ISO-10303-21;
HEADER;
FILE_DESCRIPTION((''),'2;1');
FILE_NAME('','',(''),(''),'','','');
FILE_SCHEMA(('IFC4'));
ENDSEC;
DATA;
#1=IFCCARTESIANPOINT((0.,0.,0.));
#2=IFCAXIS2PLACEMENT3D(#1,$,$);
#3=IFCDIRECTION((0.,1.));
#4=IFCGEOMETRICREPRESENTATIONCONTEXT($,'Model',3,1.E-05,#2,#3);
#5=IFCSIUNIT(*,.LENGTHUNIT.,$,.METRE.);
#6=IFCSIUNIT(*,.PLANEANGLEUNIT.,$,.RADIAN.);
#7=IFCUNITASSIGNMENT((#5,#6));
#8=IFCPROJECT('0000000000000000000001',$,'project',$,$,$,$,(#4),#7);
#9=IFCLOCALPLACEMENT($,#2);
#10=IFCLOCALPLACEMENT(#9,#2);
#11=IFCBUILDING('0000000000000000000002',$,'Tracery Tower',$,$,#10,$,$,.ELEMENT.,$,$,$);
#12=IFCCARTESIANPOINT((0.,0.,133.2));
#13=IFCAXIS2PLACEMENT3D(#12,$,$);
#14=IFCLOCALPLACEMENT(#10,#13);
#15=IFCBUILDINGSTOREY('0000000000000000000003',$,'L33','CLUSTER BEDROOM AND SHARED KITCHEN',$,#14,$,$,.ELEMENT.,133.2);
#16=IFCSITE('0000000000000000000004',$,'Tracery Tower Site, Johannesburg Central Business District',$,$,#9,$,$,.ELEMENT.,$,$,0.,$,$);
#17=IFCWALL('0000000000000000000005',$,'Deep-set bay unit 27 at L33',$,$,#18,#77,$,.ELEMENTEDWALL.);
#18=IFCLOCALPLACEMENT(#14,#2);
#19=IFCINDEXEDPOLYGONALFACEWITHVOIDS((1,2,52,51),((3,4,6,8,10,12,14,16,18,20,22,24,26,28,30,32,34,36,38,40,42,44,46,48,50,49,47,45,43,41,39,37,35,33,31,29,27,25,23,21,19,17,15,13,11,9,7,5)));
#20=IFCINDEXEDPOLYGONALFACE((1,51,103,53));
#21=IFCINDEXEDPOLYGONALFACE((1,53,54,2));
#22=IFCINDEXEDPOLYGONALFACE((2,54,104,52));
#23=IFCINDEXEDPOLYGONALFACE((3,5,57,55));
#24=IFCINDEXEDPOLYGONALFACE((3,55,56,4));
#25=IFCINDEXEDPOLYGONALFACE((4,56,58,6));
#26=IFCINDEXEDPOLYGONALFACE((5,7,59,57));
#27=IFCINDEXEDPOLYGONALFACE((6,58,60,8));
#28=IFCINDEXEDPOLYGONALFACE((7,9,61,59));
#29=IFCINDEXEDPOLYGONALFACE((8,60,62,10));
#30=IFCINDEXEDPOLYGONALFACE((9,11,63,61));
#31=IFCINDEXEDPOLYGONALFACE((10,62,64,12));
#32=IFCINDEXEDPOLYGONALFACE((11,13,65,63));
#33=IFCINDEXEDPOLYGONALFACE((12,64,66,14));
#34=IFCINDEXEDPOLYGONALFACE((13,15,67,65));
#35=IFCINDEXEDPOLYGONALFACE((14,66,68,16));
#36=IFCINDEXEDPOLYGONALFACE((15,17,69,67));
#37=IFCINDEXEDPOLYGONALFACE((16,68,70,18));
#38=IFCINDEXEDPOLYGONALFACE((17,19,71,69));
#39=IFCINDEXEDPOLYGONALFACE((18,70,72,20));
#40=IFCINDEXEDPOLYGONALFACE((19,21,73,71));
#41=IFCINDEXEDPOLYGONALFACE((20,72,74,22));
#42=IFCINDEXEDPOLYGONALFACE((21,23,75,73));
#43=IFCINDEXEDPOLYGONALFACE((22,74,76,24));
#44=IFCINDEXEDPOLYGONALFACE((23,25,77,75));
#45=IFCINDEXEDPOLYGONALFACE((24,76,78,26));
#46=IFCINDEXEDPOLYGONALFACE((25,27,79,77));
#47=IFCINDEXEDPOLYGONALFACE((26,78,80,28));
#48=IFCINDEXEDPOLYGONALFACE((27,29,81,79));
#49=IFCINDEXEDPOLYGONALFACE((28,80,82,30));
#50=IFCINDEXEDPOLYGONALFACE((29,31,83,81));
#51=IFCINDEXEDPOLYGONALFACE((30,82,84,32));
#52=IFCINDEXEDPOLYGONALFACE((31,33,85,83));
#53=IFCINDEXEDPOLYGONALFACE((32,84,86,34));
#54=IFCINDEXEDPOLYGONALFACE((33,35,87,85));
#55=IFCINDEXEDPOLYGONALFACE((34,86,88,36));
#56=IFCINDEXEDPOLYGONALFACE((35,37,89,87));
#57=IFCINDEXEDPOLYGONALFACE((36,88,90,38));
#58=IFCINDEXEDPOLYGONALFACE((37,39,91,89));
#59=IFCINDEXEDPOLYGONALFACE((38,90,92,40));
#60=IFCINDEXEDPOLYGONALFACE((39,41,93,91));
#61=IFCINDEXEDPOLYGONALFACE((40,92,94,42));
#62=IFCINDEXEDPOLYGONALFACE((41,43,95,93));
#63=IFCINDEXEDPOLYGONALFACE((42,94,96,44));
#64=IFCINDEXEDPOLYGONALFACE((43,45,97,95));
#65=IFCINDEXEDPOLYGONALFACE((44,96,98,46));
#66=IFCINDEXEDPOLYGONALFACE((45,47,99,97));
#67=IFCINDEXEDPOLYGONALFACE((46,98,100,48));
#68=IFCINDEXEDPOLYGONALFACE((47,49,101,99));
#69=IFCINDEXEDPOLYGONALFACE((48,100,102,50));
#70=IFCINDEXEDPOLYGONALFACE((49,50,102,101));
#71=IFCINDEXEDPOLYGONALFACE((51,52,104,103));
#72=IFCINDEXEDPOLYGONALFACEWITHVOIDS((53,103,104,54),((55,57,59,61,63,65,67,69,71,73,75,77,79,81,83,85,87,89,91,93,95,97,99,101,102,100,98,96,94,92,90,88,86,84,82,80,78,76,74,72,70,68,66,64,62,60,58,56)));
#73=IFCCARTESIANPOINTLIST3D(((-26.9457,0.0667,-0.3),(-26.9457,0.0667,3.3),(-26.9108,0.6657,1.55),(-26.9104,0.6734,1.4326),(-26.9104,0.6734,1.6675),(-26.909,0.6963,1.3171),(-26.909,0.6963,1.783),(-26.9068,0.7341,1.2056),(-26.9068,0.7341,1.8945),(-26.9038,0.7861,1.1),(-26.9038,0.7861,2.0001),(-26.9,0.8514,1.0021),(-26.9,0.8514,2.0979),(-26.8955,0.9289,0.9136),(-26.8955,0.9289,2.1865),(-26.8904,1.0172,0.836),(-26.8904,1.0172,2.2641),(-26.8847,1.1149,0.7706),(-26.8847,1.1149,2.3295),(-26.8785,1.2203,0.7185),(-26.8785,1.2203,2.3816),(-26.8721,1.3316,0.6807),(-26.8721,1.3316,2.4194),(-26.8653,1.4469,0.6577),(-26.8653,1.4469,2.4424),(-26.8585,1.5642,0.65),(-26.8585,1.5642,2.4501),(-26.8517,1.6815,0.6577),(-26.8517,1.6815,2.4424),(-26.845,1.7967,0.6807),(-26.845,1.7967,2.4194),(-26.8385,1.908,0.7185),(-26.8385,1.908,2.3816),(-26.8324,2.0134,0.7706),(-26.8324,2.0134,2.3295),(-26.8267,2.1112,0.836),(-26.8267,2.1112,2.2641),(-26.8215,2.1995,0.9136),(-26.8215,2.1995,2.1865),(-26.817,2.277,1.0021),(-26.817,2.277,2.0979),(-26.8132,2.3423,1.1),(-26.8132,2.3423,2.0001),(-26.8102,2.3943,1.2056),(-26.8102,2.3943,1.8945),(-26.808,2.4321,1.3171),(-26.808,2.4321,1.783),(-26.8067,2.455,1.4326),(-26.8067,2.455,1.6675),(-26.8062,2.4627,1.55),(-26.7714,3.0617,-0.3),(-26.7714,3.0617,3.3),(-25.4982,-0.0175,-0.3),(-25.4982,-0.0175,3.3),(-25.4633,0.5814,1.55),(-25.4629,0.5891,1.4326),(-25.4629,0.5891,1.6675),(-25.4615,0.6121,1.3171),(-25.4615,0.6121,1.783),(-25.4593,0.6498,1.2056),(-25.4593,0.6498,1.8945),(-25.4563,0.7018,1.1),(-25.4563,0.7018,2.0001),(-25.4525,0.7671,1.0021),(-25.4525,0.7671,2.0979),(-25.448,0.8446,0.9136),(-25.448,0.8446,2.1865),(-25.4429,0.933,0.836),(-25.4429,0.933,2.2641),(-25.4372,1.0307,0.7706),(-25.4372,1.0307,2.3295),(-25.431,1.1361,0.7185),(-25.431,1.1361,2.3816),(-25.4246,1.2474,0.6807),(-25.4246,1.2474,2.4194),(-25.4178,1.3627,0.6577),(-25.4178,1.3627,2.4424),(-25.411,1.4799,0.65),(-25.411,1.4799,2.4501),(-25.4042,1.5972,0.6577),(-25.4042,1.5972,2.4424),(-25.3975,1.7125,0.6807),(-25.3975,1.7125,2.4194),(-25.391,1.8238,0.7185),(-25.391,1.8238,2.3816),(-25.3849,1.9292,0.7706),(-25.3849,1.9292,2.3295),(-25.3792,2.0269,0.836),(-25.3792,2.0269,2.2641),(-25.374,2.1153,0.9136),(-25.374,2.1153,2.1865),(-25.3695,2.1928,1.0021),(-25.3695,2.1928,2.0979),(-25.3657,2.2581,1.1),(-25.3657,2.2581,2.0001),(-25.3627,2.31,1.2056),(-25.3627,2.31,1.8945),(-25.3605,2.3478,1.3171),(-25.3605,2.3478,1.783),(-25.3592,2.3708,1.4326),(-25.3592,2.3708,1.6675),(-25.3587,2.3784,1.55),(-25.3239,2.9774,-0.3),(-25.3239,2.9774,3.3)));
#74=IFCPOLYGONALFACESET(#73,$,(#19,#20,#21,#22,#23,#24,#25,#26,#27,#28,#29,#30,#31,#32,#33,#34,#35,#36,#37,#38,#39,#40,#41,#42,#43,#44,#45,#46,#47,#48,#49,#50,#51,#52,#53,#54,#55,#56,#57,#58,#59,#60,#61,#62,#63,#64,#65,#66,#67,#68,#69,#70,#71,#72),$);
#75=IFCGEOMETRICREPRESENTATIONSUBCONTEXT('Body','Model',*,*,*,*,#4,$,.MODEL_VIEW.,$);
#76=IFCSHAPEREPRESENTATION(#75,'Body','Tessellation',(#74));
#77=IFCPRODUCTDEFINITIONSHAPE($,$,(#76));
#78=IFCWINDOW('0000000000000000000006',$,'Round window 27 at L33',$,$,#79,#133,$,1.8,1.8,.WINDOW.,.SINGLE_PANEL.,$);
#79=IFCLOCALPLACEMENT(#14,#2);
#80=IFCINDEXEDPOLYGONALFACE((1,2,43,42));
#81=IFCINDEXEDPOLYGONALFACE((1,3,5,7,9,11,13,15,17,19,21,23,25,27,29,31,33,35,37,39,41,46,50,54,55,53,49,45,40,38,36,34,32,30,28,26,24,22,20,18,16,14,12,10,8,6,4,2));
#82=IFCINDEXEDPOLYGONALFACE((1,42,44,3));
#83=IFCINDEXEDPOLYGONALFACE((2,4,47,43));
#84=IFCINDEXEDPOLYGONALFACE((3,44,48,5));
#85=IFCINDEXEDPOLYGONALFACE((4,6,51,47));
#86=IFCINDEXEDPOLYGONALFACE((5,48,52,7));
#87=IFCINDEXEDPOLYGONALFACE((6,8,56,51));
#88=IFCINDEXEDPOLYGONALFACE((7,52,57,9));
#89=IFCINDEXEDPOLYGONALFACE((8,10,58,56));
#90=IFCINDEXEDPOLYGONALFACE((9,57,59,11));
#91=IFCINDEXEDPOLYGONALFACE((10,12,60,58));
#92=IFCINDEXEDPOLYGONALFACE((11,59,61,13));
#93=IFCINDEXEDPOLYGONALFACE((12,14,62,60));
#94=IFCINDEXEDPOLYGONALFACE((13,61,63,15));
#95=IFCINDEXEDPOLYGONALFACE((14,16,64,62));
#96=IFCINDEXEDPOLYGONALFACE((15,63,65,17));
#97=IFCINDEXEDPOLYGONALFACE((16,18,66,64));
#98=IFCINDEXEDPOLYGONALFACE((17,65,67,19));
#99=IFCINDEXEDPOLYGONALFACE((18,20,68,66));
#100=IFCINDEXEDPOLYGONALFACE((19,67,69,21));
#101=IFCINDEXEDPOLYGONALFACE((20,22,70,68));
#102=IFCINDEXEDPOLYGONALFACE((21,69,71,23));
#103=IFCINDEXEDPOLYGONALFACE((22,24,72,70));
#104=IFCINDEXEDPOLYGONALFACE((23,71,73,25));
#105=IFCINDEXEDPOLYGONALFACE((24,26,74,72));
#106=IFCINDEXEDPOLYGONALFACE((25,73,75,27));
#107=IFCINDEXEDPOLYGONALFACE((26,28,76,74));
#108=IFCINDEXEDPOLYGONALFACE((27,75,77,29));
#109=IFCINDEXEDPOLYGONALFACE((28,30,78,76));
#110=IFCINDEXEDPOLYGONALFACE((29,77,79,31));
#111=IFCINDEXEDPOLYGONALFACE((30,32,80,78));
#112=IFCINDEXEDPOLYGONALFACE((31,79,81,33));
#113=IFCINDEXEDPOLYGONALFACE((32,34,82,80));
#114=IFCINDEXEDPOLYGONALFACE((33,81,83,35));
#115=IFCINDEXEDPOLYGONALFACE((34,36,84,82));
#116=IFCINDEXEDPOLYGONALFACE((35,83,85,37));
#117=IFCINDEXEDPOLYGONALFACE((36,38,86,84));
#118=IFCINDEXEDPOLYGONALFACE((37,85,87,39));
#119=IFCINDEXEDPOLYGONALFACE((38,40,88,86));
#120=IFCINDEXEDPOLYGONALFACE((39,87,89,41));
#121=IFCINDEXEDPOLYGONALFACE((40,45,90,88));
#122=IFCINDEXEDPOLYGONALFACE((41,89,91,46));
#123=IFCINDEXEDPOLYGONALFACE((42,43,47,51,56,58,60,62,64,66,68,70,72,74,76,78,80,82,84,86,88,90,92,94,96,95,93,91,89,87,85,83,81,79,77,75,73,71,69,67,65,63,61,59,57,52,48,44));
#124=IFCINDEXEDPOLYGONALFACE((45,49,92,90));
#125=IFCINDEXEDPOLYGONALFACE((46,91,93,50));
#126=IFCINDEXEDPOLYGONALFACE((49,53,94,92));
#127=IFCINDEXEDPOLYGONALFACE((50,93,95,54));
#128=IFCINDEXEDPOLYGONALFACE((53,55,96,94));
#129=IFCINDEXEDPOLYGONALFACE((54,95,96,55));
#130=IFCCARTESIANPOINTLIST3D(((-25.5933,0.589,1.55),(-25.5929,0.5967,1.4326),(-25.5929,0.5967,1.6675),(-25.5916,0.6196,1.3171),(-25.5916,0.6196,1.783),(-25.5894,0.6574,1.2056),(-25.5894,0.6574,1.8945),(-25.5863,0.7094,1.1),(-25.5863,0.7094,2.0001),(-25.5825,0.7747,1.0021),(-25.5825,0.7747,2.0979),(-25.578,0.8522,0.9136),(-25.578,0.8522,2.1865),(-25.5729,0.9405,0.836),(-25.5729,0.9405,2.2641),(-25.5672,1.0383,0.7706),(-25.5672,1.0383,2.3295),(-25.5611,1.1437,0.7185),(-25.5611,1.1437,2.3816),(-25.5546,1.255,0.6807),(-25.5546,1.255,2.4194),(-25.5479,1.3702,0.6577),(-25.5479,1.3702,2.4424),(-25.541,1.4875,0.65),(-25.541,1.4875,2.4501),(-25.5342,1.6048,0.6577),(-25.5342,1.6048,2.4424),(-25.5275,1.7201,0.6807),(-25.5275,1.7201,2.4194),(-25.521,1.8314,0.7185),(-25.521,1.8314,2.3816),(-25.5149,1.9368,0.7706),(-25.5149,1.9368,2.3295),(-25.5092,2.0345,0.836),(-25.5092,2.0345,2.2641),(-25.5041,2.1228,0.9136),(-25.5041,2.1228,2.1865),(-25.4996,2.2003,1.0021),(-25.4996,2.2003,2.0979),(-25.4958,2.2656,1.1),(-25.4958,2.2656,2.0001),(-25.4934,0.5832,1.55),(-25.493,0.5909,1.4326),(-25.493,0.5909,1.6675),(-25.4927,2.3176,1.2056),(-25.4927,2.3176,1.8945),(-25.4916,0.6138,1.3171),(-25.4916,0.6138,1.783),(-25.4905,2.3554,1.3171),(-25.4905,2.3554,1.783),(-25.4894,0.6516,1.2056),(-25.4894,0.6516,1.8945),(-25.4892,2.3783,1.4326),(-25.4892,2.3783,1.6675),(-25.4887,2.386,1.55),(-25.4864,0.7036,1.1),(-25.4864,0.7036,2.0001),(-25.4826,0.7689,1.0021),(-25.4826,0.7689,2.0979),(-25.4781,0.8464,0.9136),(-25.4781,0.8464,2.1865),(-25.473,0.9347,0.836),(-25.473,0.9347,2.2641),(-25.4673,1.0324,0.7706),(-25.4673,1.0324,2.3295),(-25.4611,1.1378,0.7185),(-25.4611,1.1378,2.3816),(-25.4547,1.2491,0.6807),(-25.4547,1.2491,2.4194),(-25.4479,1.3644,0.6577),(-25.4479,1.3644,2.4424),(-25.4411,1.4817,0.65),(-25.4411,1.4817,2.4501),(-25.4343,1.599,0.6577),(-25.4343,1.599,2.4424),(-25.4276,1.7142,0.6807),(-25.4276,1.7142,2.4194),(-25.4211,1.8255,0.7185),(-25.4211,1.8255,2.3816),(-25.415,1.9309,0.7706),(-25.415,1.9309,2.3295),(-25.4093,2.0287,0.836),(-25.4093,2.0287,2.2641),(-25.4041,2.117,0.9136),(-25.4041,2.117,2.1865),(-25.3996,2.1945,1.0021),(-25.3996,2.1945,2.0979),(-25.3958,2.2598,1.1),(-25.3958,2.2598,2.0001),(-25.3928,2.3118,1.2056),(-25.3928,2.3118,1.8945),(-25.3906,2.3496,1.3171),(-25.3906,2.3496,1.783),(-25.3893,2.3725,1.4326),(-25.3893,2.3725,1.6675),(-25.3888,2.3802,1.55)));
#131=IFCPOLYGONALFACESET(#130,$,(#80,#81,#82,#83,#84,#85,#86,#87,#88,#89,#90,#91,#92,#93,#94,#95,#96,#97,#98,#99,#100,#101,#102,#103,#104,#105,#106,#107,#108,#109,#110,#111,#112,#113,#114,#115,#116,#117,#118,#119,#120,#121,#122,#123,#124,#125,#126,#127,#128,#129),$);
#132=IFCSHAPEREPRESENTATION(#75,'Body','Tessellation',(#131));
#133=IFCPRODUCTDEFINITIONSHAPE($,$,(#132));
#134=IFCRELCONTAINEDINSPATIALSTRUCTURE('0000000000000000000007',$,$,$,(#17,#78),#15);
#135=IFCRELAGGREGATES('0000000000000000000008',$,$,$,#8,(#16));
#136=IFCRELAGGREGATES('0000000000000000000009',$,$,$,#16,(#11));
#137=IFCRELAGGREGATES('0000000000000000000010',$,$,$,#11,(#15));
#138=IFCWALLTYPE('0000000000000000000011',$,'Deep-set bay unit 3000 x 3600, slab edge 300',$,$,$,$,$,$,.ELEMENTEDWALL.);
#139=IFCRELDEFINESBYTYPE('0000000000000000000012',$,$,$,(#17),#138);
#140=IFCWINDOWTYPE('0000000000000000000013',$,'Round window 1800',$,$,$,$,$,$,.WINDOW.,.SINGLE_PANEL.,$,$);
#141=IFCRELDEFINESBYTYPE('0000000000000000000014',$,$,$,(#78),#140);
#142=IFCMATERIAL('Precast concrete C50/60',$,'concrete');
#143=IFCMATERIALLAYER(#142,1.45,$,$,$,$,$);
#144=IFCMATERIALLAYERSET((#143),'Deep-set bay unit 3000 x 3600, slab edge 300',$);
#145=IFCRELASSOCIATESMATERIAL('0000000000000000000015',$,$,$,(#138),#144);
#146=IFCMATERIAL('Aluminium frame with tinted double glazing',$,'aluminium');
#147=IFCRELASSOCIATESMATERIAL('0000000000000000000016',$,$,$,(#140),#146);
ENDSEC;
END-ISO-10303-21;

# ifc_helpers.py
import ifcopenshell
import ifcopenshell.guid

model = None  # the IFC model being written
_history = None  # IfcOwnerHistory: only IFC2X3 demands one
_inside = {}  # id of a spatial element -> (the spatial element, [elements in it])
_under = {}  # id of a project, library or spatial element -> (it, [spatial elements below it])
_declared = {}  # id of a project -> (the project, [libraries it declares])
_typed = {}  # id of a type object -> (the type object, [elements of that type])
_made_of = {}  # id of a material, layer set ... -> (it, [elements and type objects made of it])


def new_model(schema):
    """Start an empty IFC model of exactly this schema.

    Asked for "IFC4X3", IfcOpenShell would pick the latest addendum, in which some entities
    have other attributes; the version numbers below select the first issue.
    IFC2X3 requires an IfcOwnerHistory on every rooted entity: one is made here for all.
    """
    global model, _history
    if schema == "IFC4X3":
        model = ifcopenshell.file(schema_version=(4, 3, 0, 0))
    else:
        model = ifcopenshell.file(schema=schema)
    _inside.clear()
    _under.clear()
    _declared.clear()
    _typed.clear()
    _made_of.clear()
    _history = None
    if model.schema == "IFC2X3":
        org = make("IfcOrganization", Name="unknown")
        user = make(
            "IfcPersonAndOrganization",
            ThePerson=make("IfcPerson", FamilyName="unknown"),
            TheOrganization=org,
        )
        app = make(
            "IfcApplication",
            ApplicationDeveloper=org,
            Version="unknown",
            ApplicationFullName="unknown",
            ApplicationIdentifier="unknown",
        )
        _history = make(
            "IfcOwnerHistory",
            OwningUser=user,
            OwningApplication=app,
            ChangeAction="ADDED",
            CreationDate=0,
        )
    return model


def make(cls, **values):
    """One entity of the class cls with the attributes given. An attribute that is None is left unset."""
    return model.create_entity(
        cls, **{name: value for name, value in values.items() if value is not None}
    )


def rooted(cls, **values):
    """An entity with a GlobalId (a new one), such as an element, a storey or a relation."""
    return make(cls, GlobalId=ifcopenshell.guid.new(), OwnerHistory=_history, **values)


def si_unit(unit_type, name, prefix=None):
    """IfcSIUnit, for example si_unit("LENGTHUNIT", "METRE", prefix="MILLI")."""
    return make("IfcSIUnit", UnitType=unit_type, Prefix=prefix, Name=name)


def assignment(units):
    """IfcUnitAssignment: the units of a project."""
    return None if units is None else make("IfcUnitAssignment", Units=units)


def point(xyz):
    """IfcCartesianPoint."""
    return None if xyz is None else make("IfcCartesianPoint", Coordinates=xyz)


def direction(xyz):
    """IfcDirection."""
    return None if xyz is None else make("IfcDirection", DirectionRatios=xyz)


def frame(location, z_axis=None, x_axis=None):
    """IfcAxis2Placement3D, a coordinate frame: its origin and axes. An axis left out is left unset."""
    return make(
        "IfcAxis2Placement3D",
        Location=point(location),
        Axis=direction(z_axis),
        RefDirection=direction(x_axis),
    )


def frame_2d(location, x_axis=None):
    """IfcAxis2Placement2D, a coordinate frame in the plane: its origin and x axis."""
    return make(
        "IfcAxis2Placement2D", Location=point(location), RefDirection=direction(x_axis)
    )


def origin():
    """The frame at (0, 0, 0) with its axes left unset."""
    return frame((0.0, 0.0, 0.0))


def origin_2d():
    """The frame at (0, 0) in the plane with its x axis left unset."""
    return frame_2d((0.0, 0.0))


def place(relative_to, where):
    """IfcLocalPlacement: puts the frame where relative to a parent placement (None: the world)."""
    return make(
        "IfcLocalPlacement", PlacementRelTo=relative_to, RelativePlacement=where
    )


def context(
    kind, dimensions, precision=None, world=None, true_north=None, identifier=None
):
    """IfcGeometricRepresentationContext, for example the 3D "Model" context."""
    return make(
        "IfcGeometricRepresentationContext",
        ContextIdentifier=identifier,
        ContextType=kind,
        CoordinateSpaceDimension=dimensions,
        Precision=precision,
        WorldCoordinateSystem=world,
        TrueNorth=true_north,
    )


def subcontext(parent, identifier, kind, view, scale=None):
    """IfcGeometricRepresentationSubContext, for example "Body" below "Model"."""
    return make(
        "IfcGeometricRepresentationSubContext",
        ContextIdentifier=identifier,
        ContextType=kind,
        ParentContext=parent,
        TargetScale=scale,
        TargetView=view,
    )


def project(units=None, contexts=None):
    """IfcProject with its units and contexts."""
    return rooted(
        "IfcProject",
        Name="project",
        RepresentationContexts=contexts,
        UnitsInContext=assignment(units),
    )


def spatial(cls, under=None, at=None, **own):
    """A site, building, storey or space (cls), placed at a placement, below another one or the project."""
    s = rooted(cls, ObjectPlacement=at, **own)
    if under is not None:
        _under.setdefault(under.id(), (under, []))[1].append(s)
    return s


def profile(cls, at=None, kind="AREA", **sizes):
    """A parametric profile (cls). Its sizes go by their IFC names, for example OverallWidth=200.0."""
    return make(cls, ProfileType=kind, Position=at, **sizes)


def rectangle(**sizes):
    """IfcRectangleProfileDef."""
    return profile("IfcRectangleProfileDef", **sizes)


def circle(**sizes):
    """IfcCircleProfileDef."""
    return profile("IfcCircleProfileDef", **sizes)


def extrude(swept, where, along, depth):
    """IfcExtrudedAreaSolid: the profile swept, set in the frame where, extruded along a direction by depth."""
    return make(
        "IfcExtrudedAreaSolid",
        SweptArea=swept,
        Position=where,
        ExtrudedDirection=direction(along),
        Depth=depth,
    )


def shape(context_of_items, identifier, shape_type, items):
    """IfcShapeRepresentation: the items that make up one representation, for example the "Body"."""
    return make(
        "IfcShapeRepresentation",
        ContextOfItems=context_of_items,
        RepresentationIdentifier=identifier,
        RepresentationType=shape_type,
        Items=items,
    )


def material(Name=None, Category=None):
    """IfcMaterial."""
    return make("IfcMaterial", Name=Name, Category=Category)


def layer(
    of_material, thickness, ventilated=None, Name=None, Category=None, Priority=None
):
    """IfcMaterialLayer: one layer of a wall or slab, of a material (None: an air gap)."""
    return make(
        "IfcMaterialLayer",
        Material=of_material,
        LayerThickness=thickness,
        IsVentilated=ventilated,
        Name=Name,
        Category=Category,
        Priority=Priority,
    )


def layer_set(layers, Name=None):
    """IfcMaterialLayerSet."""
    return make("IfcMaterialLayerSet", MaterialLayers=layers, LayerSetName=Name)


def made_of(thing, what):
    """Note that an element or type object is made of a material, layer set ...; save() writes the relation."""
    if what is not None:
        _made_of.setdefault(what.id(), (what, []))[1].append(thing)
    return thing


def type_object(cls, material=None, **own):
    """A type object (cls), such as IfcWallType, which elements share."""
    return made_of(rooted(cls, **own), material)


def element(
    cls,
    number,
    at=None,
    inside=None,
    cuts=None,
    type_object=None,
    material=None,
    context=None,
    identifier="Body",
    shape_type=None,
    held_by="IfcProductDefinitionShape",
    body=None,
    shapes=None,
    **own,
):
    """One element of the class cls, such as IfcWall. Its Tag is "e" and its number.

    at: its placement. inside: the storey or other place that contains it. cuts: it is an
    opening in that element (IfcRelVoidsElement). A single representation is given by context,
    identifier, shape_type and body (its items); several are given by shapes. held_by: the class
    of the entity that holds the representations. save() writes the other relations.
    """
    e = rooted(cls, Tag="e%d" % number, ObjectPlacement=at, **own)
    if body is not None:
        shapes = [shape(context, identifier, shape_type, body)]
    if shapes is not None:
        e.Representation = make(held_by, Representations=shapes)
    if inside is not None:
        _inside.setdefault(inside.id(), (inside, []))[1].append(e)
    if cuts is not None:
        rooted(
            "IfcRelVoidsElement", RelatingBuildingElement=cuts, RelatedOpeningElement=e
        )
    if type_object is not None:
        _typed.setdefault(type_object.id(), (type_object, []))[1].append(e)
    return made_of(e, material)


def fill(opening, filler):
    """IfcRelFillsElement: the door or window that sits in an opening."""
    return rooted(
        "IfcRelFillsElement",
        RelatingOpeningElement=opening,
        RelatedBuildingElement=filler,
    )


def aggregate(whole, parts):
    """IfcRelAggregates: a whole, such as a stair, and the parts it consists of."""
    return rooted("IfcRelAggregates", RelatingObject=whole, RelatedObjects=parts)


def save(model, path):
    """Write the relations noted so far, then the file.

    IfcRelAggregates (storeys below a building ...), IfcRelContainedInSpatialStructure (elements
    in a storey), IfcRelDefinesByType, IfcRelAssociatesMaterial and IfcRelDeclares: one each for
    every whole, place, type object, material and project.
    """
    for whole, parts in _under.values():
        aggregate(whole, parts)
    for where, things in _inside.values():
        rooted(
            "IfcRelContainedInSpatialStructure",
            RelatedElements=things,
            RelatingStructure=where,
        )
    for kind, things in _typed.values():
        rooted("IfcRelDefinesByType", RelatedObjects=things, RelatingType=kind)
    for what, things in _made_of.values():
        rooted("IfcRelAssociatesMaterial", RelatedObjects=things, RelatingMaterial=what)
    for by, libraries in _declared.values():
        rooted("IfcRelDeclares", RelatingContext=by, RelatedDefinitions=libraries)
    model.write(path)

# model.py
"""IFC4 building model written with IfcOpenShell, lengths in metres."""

from ifc_helpers import new_model, si_unit, direction, frame, frame_2d, origin, origin_2d, place, context, subcontext, project, spatial, rectangle, circle, extrude, material, layer, layer_set, type_object, element, fill, save


model = new_model("IFC4")

# Units and contexts
model_context = context("Model", 3, precision=1e-05, world=origin(), true_north=direction((0.0, 1.0)))
body_context = subcontext(model_context, "Body", "Model", "MODEL_VIEW")
ifc_project = project(units=[si_unit("LENGTHUNIT", "METRE"), si_unit("PLANEANGLEUNIT", "RADIAN")], contexts=[model_context])

# Site, building, storey
site_placement = place(None, origin())
site = spatial("IfcSite", under=ifc_project, at=site_placement, Name="Tracery Tower Site, Johannesburg Central Business District", CompositionType="ELEMENT", RefElevation=0.0)
building_placement = place(site_placement, origin())
building = spatial("IfcBuilding", under=site, at=building_placement, Name="Tracery Tower", CompositionType="ELEMENT")
storey_placement = place(building_placement, frame((0.0, 0.0, 133.2)))
storey = spatial("IfcBuildingStorey", under=building, at=storey_placement, Name="L33", Description="CLUSTER BEDROOM AND SHARED KITCHEN", CompositionType="ELEMENT", Elevation=133.2)

# Wall, opening, window
ifc_material_1 = material(Name="Precast concrete C50/60", Category="concrete")
ifc_layer_1 = layer(ifc_material_1, 1.45)
ifc_layer_set_1 = layer_set([ifc_layer_1], Name="Deep-set bay unit 3000 x 3600, slab edge 300")
wall_type_1 = type_object("IfcWallType", Name="Deep-set bay unit 3000 x 3600, slab edge 300", PredefinedType="ELEMENTEDWALL", material=ifc_layer_set_1)
ifc_material_2 = material(Name="Aluminium frame with tinted double glazing", Category="aluminium")
window_type = type_object("IfcWindowType", Name="Round window 1800", PartitioningType="SINGLE_PANEL", PredefinedType="WINDOW", material=ifc_material_2)
wall_1_placement = place(storey_placement, frame((-26.0476, 3.0195, -0.3), z_axis=(0.0, 0.0, 1.0), x_axis=(-0.058107, -0.99831, 0.0)))
wall_1 = element("IfcWall", 1, at=wall_1_placement, inside=storey, type_object=wall_type_1, Name="Deep-set bay unit 27 at L33", PredefinedType="ELEMENTEDWALL", context=body_context, shape_type="SweptSolid", body=[
    extrude(rectangle(XDim=3.0, YDim=1.45, at=frame_2d((1.5, 0.0))), origin(), (0.0, 0.0, 1.0), 3.6001),
])
opening_1_placement = place(wall_1_placement, frame((1.5, 0.0, 1.8501)))
opening_1 = element("IfcOpeningElement", 2, at=opening_1_placement, cuts=wall_1, PredefinedType="OPENING", context=body_context, shape_type="SweptSolid", body=[
    extrude(circle(Radius=0.9, at=origin_2d()), frame((0.0, 0.7349, 0.0), z_axis=(0.0, -1.0, 0.0), x_axis=(1.0, 0.0, 0.0)), (0.0, 0.0, 1.0), 1.47),
])
window_1_placement = place(opening_1_placement, origin())
window_1 = element("IfcWindow", 3, at=window_1_placement, inside=storey, type_object=window_type, Name="Round window 27 at L33", OverallHeight=1.8, OverallWidth=1.8, PartitioningType="SINGLE_PANEL", PredefinedType="WINDOW", context=body_context, shape_type="SweptSolid", body=[
    extrude(circle(Radius=0.9, at=origin_2d()), frame((0.0, 0.6948, 0.0), z_axis=(0.0, -1.0, 0.0), x_axis=(1.0, 0.0, 0.0)), (0.0, 0.0, 1.0), 0.1001),
])
fill(opening_1, window_1)

save(model, "model.ifc")
